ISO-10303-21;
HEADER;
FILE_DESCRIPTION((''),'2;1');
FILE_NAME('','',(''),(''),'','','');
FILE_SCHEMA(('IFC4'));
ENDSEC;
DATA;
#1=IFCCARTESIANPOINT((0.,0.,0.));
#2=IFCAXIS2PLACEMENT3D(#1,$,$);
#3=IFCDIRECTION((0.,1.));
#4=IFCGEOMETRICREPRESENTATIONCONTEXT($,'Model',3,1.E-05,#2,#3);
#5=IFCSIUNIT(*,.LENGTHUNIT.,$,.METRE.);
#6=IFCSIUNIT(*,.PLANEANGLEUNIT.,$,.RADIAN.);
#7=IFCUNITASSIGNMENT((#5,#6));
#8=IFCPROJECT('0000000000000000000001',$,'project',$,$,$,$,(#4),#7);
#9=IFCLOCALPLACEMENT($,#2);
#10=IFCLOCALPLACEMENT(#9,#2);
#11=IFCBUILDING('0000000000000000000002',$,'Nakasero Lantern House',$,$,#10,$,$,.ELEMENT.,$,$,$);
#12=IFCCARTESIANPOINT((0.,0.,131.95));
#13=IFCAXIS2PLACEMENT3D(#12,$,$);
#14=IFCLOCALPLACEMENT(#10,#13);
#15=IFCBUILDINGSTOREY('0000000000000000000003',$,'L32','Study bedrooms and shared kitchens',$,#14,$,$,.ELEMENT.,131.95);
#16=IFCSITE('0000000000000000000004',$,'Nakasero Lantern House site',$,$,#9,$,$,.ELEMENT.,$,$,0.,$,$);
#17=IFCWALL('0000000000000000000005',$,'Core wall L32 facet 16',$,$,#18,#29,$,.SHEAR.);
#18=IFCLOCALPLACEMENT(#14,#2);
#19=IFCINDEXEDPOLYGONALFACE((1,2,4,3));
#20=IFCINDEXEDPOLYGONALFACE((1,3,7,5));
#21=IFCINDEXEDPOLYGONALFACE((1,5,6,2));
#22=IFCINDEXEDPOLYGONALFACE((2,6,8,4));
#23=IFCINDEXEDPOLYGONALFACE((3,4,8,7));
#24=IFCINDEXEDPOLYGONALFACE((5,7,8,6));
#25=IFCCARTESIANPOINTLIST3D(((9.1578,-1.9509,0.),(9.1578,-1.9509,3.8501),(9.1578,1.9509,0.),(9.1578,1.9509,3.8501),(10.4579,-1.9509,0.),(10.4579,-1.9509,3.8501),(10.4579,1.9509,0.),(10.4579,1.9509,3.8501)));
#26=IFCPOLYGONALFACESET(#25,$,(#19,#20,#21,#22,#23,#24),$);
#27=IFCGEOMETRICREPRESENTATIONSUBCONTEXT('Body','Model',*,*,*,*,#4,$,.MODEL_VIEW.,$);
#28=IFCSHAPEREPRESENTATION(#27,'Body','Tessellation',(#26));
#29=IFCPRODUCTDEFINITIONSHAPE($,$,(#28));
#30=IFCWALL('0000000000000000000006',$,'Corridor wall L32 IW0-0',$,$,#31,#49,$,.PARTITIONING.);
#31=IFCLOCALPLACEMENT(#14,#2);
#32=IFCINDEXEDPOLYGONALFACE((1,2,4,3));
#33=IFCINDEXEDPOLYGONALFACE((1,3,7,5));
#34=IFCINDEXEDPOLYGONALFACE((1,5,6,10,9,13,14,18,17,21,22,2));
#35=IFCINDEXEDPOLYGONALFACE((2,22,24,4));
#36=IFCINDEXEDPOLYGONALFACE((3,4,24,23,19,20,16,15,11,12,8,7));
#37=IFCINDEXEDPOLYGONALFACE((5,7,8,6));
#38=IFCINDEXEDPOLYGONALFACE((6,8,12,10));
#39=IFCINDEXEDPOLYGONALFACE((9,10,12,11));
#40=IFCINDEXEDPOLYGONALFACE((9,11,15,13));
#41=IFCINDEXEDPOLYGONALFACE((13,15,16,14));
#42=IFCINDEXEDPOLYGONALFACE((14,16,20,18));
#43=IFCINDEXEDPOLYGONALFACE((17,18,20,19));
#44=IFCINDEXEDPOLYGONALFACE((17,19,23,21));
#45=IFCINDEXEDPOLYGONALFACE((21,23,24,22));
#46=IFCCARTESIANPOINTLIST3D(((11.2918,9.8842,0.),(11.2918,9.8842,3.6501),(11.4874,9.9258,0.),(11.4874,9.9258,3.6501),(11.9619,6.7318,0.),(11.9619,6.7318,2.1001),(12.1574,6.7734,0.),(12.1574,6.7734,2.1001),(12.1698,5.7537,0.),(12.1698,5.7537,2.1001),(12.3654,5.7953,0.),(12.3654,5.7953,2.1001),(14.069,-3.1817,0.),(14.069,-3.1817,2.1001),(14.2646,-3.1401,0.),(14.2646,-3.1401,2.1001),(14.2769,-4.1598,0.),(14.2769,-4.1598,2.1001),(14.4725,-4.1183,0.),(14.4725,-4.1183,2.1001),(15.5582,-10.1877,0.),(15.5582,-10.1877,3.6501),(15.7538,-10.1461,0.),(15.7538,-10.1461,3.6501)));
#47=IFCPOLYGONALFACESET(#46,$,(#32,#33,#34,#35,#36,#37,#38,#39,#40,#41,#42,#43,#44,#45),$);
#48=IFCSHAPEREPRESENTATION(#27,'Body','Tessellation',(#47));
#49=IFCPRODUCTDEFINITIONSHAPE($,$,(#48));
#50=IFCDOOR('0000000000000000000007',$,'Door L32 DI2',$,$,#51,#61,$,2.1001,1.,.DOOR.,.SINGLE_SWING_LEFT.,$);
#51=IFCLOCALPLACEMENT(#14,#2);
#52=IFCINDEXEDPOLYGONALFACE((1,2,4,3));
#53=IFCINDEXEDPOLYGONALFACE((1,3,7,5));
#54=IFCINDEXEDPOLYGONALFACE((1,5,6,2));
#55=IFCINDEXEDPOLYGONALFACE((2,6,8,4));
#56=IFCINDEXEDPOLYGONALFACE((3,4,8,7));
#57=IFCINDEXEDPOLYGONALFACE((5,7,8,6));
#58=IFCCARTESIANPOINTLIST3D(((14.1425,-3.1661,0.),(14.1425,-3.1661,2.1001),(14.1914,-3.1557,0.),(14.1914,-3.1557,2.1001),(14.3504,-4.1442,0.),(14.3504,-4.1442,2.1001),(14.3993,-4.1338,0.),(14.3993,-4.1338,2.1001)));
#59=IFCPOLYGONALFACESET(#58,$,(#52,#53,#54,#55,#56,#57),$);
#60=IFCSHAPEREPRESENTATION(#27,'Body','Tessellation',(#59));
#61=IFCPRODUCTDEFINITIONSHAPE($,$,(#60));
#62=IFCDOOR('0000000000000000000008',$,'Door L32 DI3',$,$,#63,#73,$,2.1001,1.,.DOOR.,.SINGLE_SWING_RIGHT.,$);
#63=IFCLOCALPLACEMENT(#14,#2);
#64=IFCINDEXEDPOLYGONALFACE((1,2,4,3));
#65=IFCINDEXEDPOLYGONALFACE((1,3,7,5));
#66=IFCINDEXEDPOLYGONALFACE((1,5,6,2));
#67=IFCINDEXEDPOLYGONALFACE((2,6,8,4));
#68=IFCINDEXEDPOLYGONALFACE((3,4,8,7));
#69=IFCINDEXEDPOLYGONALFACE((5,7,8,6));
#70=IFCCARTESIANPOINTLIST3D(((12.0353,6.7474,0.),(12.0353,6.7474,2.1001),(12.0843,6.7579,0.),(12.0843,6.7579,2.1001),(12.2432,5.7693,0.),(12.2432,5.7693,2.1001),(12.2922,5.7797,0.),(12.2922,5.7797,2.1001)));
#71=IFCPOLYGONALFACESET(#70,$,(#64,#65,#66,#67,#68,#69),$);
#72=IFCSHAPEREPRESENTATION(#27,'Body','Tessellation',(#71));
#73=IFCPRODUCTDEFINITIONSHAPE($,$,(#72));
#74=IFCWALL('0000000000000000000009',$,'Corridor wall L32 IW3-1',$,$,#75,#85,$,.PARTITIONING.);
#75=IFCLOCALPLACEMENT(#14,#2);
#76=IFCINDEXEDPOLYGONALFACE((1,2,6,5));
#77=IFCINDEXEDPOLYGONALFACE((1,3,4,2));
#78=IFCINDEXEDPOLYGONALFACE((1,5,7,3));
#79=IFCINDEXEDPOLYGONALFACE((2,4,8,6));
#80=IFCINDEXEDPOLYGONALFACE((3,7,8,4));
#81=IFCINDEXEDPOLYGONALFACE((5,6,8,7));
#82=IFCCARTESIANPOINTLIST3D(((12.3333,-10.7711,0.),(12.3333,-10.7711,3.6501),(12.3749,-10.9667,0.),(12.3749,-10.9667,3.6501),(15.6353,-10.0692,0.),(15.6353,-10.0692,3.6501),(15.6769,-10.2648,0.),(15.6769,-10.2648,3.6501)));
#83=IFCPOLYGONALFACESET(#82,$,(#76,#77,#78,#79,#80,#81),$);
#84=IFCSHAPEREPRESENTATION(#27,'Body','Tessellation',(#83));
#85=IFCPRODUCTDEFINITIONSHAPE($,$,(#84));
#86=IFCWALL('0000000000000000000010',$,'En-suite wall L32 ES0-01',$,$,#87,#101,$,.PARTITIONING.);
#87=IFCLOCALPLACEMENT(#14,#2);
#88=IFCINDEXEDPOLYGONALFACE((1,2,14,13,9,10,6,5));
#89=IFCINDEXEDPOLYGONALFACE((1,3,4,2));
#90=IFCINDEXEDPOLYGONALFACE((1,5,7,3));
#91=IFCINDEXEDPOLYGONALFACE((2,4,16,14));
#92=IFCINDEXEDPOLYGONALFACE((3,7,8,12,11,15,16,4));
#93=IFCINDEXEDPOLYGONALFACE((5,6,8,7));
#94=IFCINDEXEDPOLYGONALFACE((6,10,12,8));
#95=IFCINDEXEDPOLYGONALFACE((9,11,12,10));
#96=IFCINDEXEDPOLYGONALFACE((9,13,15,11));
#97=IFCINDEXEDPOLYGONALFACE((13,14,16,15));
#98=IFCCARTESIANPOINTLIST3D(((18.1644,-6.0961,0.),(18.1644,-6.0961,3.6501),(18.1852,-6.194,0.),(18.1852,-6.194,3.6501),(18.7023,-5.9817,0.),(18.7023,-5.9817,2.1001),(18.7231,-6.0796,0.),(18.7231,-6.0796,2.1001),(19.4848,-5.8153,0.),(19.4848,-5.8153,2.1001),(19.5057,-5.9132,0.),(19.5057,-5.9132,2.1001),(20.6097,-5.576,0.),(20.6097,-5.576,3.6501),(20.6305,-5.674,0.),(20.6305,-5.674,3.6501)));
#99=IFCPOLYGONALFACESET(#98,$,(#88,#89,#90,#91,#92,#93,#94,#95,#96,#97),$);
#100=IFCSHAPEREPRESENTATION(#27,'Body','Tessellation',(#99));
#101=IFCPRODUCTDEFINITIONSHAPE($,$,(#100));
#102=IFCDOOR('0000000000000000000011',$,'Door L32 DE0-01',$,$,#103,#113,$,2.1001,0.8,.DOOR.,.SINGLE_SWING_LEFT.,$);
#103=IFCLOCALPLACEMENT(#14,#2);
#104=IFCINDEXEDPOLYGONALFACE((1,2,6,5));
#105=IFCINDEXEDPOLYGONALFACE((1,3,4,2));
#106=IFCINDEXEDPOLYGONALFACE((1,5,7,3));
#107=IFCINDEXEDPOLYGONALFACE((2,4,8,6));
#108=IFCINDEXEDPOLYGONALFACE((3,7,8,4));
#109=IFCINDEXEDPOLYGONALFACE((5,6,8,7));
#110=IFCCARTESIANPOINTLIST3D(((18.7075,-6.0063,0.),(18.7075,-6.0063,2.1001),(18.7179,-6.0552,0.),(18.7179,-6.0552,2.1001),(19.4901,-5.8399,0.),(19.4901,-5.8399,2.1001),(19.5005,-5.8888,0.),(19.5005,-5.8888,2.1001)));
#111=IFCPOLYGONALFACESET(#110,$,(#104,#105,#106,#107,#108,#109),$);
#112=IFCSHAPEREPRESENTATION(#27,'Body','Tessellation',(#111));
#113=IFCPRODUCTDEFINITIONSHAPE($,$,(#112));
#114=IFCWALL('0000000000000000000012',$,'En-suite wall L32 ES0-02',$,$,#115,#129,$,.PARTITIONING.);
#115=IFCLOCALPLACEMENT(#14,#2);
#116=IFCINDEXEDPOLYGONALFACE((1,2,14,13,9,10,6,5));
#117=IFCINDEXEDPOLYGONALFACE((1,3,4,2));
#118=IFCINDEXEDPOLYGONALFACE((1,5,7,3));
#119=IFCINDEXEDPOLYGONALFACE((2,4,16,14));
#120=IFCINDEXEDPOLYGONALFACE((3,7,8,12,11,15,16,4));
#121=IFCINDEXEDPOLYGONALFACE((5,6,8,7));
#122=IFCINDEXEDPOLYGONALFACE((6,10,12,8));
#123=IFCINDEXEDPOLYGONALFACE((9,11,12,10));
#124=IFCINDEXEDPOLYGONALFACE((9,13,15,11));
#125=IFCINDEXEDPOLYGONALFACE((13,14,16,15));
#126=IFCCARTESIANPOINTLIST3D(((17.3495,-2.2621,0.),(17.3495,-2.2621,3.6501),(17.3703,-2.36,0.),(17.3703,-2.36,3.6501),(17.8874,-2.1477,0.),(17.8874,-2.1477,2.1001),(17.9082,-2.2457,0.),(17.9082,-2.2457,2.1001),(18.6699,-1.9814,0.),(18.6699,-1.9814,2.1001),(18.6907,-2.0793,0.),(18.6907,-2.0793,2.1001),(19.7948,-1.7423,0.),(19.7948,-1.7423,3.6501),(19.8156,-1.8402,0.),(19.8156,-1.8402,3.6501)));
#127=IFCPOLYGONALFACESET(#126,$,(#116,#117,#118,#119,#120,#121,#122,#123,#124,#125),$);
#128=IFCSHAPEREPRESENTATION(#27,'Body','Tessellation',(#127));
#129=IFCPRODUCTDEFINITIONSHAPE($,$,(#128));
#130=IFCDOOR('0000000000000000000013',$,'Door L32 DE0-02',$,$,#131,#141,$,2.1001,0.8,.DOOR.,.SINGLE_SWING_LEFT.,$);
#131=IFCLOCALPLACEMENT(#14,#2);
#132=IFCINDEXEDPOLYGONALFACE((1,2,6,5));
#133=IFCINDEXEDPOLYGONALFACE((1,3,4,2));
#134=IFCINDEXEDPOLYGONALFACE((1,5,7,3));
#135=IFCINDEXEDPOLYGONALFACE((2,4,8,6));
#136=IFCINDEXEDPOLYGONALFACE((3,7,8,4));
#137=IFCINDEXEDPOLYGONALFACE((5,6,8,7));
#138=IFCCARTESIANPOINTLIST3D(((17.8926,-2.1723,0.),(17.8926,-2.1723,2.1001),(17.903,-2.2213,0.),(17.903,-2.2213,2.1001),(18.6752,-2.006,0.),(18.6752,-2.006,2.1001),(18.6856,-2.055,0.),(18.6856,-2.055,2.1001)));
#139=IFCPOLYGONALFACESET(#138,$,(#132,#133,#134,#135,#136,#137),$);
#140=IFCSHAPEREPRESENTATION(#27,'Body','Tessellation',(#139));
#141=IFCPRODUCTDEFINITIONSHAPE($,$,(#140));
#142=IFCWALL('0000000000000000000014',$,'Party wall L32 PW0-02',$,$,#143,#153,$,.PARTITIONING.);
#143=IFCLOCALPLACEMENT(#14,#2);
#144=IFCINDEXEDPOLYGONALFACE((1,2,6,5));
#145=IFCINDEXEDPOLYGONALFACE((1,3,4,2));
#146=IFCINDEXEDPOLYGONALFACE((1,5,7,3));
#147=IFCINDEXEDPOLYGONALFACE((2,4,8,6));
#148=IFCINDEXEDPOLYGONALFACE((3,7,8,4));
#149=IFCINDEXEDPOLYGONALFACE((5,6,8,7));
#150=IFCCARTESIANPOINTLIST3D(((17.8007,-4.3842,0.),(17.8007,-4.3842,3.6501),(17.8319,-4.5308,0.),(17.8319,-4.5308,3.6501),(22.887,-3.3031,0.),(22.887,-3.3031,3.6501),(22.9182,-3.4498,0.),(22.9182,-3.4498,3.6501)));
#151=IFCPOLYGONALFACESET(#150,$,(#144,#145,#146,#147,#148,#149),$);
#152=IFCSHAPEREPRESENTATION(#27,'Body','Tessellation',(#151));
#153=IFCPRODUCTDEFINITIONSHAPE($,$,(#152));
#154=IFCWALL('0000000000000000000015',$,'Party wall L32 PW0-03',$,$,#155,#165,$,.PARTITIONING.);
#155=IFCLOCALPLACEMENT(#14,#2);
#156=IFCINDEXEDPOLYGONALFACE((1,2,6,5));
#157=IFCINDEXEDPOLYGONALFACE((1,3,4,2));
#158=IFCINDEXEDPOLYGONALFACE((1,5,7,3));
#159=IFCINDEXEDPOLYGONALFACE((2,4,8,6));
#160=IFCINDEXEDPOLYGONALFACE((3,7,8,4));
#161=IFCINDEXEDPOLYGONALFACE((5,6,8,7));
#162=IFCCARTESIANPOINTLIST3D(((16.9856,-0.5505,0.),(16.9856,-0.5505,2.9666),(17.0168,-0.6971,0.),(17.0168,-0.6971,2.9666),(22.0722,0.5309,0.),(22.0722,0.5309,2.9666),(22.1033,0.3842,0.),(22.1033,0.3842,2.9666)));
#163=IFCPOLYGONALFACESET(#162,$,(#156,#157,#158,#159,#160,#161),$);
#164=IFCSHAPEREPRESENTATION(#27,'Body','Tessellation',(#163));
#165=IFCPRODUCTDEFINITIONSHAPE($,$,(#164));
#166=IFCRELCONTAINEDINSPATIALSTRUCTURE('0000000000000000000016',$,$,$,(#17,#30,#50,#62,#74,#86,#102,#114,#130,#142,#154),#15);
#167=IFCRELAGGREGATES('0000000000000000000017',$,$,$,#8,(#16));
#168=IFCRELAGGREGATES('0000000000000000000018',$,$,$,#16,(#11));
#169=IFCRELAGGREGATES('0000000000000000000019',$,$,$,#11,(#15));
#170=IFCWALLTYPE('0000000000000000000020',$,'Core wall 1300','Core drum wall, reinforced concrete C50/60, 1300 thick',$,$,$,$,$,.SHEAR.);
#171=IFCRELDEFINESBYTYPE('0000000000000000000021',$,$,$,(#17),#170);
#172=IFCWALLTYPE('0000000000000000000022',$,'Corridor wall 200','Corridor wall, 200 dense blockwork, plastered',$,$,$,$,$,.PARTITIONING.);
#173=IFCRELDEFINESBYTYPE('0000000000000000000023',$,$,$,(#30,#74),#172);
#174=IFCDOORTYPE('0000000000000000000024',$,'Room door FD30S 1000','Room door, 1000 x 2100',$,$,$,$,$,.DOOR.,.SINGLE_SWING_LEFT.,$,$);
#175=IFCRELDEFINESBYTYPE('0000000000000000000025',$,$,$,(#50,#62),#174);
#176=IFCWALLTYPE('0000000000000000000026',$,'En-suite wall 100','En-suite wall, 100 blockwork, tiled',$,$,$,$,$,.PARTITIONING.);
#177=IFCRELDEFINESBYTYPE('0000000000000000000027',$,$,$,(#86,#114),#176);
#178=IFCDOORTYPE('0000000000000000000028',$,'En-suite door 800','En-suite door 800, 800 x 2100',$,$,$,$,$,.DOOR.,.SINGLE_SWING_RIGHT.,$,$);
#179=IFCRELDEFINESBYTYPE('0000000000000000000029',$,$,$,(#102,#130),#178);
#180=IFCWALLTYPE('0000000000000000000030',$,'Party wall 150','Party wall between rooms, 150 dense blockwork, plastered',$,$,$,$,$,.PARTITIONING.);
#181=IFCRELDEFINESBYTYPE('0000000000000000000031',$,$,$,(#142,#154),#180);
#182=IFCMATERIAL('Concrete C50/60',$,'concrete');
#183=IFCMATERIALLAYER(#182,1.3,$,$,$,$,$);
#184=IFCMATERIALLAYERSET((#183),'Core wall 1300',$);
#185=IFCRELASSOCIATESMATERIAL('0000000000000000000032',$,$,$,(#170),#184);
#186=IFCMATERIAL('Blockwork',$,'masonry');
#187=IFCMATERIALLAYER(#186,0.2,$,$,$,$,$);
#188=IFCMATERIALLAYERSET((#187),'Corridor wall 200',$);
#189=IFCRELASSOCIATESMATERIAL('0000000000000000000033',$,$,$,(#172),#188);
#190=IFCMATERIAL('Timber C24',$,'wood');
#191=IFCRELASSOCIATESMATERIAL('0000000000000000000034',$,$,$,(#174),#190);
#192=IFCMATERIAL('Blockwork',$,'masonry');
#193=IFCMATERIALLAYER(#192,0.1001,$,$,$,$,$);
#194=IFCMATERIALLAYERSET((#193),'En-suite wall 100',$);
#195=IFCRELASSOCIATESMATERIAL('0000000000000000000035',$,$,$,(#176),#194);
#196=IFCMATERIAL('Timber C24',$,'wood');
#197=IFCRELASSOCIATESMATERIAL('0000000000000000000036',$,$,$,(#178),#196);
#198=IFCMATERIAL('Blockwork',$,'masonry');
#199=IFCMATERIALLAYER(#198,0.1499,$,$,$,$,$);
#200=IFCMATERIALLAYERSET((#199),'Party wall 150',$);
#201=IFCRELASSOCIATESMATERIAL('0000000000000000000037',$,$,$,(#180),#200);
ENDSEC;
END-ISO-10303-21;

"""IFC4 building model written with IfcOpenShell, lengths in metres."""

from ifc_helpers import new_model, si_unit, direction, frame, frame_2d, origin, place, context, subcontext, project, spatial, rectangle, extrude, material, layer, layer_set, type_object, element, fill, save


model = new_model("IFC4")

# Units and contexts
model_context = context("Model", 3, precision=1e-05, world=origin(), true_north=direction((0.0, 1.0)))
body_context = subcontext(model_context, "Body", "Model", "MODEL_VIEW")
ifc_project = project(units=[si_unit("LENGTHUNIT", "METRE"), si_unit("PLANEANGLEUNIT", "RADIAN")], contexts=[model_context])

# Site, building, storey
site_placement = place(None, origin())
site = spatial("IfcSite", under=ifc_project, at=site_placement, Name="Nakasero Lantern House site", CompositionType="ELEMENT", RefElevation=0.0)
building_placement = place(site_placement, origin())
building = spatial("IfcBuilding", under=site, at=building_placement, Name="Nakasero Lantern House", CompositionType="ELEMENT")
storey_placement = place(building_placement, frame((0.0, 0.0, 131.95)))
storey = spatial("IfcBuildingStorey", under=building, at=storey_placement, Name="L32", Description="Study bedrooms and shared kitchens", CompositionType="ELEMENT", Elevation=131.95)

# Wall
ifc_material_1 = material(Name="Concrete C50/60", Category="concrete")
ifc_layer_1 = layer(ifc_material_1, 1.3)
ifc_layer_set_1 = layer_set([ifc_layer_1], Name="Core wall 1300")
wall_type_1 = type_object("IfcWallType", Name="Core wall 1300", Description="Core drum wall, reinforced concrete C50/60, 1300 thick", PredefinedType="SHEAR", material=ifc_layer_set_1)
wall_1_placement = place(storey_placement, frame((9.8079, -1.9509, 0.0), z_axis=(0.0, 0.0, 1.0), x_axis=(0.0, 1.0, 0.0)))
element("IfcWall", 1, at=wall_1_placement, inside=storey, type_object=wall_type_1, Name="Core wall L32 facet 16", PredefinedType="SHEAR", context=body_context, shape_type="SweptSolid", body=[
    extrude(rectangle(XDim=3.9019, YDim=1.3, at=frame_2d((1.9509, 0.0))), origin(), (0.0, 0.0, 1.0), 3.8501),
])

# Wall, openings, doors
ifc_material_2 = material(Name="Blockwork", Category="masonry")
ifc_layer_2 = layer(ifc_material_2, 0.2)
ifc_layer_set_2 = layer_set([ifc_layer_2], Name="Corridor wall 200")
wall_type_2 = type_object("IfcWallType", Name="Corridor wall 200", Description="Corridor wall, 200 dense blockwork, plastered", PredefinedType="PARTITIONING", material=ifc_layer_set_2)
wall_2_placement = place(storey_placement, frame((15.656, -10.167, 0.0), z_axis=(0.0, 0.0, 1.0), x_axis=(-0.20791, 0.978148, 0.0)))
wall_2 = element("IfcWall", 2, at=wall_2_placement, inside=storey, type_object=wall_type_2, Name="Corridor wall L32 IW0-0", PredefinedType="PARTITIONING", context=body_context, shape_type="SweptSolid", body=[
    extrude(rectangle(XDim=20.5203, YDim=0.2, at=frame_2d((10.2603, 0.0))), origin(), (0.0, 0.0, 1.0), 3.6501),
])
opening_1_placement = place(wall_2_placement, frame((6.1626, 0.0, 0.0)))
opening_1 = element("IfcOpeningElement", 3, at=opening_1_placement, cuts=wall_2, PredefinedType="OPENING", context=body_context, shape_type="SweptSolid", body=[
    extrude(rectangle(XDim=1.0, YDim=2.1001, at=frame_2d((0.5, 1.05))), frame((0.0, 0.1199, 0.0), z_axis=(0.0, -1.0, 0.0), x_axis=(1.0, 0.0, 0.0)), (0.0, 0.0, 1.0), 0.24),
])
opening_2_placement = place(wall_2_placement, frame((16.2976, 0.0, 0.0)))
opening_2 = element("IfcOpeningElement", 4, at=opening_2_placement, cuts=wall_2, PredefinedType="OPENING", context=body_context, shape_type="SweptSolid", body=[
    extrude(rectangle(XDim=1.0, YDim=2.1001, at=frame_2d((0.5, 1.05))), frame((0.0, 0.1199, 0.0), z_axis=(0.0, -1.0, 0.0), x_axis=(1.0, 0.0, 0.0)), (0.0, 0.0, 1.0), 0.24),
])
ifc_material_3 = material(Name="Timber C24", Category="wood")
door_type_1 = type_object("IfcDoorType", Name="Room door FD30S 1000", Description="Room door, 1000 x 2100", OperationType="SINGLE_SWING_LEFT", PredefinedType="DOOR", material=ifc_material_3)
door_1_placement = place(opening_1_placement, origin())
door_1 = element("IfcDoor", 5, at=door_1_placement, inside=storey, type_object=door_type_1, Name="Door L32 DI2", OperationType="SINGLE_SWING_LEFT", OverallHeight=2.1001, OverallWidth=1.0, PredefinedType="DOOR", context=body_context, shape_type="SweptSolid", body=[
    extrude(rectangle(XDim=1.0, YDim=2.1001, at=frame_2d((0.5, 1.05))), frame((0.0, 0.0249, 0.0), z_axis=(0.0, -1.0, 0.0), x_axis=(1.0, 0.0, 0.0)), (0.0, 0.0, 1.0), 0.05),
])
fill(opening_1, door_1)
door_2_placement = place(opening_2_placement, origin())
door_2 = element("IfcDoor", 6, at=door_2_placement, inside=storey, type_object=door_type_1, Name="Door L32 DI3", OperationType="SINGLE_SWING_RIGHT", OverallHeight=2.1001, OverallWidth=1.0, PredefinedType="DOOR", context=body_context, shape_type="SweptSolid", body=[
    extrude(rectangle(XDim=1.0, YDim=2.1001, at=frame_2d((0.5, 1.05))), frame((0.0, 0.0249, 0.0), z_axis=(0.0, -1.0, 0.0), x_axis=(1.0, 0.0, 0.0)), (0.0, 0.0, 1.0), 0.05),
])
fill(opening_2, door_2)

# Wall
wall_3_placement = place(storey_placement, frame((12.354, -10.8689, 0.0), z_axis=(0.0, 0.0, 1.0), x_axis=(0.978145, 0.207924, 0.0)))
element("IfcWall", 7, at=wall_3_placement, inside=storey, type_object=wall_type_2, Name="Corridor wall L32 IW3-1", PredefinedType="PARTITIONING", context=body_context, shape_type="SweptSolid", body=[
    extrude(rectangle(XDim=3.3757, YDim=0.2, at=frame_2d((1.688, 0.0))), origin(), (0.0, 0.0, 1.0), 3.6501),
])

# Walls, openings, doors
ifc_material_4 = material(Name="Blockwork", Category="masonry")
ifc_layer_3 = layer(ifc_material_4, 0.1001)
ifc_layer_set_3 = layer_set([ifc_layer_3], Name="En-suite wall 100")
wall_type_3 = type_object("IfcWallType", Name="En-suite wall 100", Description="En-suite wall, 100 blockwork, tiled", PredefinedType="PARTITIONING", material=ifc_layer_set_3)
wall_4_placement = place(storey_placement, frame((18.1748, -6.145, 0.0), z_axis=(0.0, 0.0, 1.0), x_axis=(0.978127, 0.208008, 0.0)))
wall_4 = element("IfcWall", 8, at=wall_4_placement, inside=storey, type_object=wall_type_3, Name="En-suite wall L32 ES0-01", PredefinedType="PARTITIONING", context=body_context, shape_type="SweptSolid", body=[
    extrude(rectangle(XDim=2.5, YDim=0.1001, at=frame_2d((1.25, 0.0))), origin(), (0.0, 0.0, 1.0), 3.6501),
])
opening_3_placement = place(wall_4_placement, frame((0.55, 0.0, 0.0)))
opening_3 = element("IfcOpeningElement", 9, at=opening_3_placement, cuts=wall_4, PredefinedType="OPENING", context=body_context, shape_type="SweptSolid", body=[
    extrude(rectangle(XDim=0.8, YDim=2.1001, at=frame_2d((0.3999, 1.05))), frame((0.0, 0.0701, 0.0), z_axis=(0.0, -1.0, 0.0), x_axis=(1.0, 0.0, 0.0)), (0.0, 0.0, 1.0), 0.1401),
])
ifc_material_5 = material(Name="Timber C24", Category="wood")
door_type_2 = type_object("IfcDoorType", Name="En-suite door 800", Description="En-suite door 800, 800 x 2100", OperationType="SINGLE_SWING_RIGHT", PredefinedType="DOOR", material=ifc_material_5)
door_3_placement = place(opening_3_placement, origin())
door_3 = element("IfcDoor", 10, at=door_3_placement, inside=storey, type_object=door_type_2, Name="Door L32 DE0-01", OperationType="SINGLE_SWING_LEFT", OverallHeight=2.1001, OverallWidth=0.8, PredefinedType="DOOR", context=body_context, shape_type="SweptSolid", body=[
    extrude(rectangle(XDim=0.8, YDim=2.1001, at=frame_2d((0.3999, 1.05))), frame((0.0, 0.0249, 0.0), z_axis=(0.0, -1.0, 0.0), x_axis=(1.0, 0.0, 0.0)), (0.0, 0.0, 1.0), 0.05),
])
fill(opening_3, door_3)
wall_5_placement = place(storey_placement, frame((17.3599, -2.311, 0.0), z_axis=(0.0, 0.0, 1.0), x_axis=(0.978147, 0.207915, 0.0)))
wall_5 = element("IfcWall", 11, at=wall_5_placement, inside=storey, type_object=wall_type_3, Name="En-suite wall L32 ES0-02", PredefinedType="PARTITIONING", context=body_context, shape_type="SweptSolid", body=[
    extrude(rectangle(XDim=2.5, YDim=0.1001, at=frame_2d((1.25, 0.0))), origin(), (0.0, 0.0, 1.0), 3.6501),
])
opening_4_placement = place(wall_5_placement, frame((0.55, 0.0, 0.0)))
opening_4 = element("IfcOpeningElement", 12, at=opening_4_placement, cuts=wall_5, PredefinedType="OPENING", context=body_context, shape_type="SweptSolid", body=[
    extrude(rectangle(XDim=0.8, YDim=2.1001, at=frame_2d((0.3999, 1.05))), frame((0.0, 0.0701, 0.0), z_axis=(0.0, -1.0, 0.0), x_axis=(1.0, 0.0, 0.0)), (0.0, 0.0, 1.0), 0.1401),
])
door_4_placement = place(opening_4_placement, origin())
door_4 = element("IfcDoor", 13, at=door_4_placement, inside=storey, type_object=door_type_2, Name="Door L32 DE0-02", OperationType="SINGLE_SWING_LEFT", OverallHeight=2.1001, OverallWidth=0.8, PredefinedType="DOOR", context=body_context, shape_type="SweptSolid", body=[
    extrude(rectangle(XDim=0.8, YDim=2.1001, at=frame_2d((0.3999, 1.05))), frame((0.0, 0.0249, 0.0), z_axis=(0.0, -1.0, 0.0), x_axis=(1.0, 0.0, 0.0)), (0.0, 0.0, 1.0), 0.05),
])
fill(opening_4, door_4)

# Walls
ifc_material_6 = material(Name="Blockwork", Category="masonry")
ifc_layer_4 = layer(ifc_material_6, 0.1499)
ifc_layer_set_4 = layer_set([ifc_layer_4], Name="Party wall 150")
wall_type_4 = type_object("IfcWallType", Name="Party wall 150", Description="Party wall between rooms, 150 dense blockwork, plastered", PredefinedType="PARTITIONING", material=ifc_layer_set_4)
wall_6_placement = place(storey_placement, frame((17.8162, -4.4575, 0.0), z_axis=(0.0, 0.0, 1.0), x_axis=(0.978151, 0.207894, 0.0)))
element("IfcWall", 14, at=wall_6_placement, inside=storey, type_object=wall_type_4, Name="Party wall L32 PW0-02", PredefinedType="PARTITIONING", context=body_context, shape_type="SweptSolid", body=[
    extrude(rectangle(XDim=5.2, YDim=0.1499, at=frame_2d((2.6001, 0.0))), origin(), (0.0, 0.0, 1.0), 3.6501),
])
wall_7_placement = place(storey_placement, frame((17.0012, -0.6238, 0.0), z_axis=(0.0, 0.0, 1.0), x_axis=(0.978142, 0.207938, 0.0)))
element("IfcWall", 15, at=wall_7_placement, inside=storey, type_object=wall_type_4, Name="Party wall L32 PW0-03", PredefinedType="PARTITIONING", context=body_context, shape_type="SweptSolid", body=[
    extrude(rectangle(XDim=5.2002, YDim=0.1499, at=frame_2d((2.6001, 0.0))), origin(), (0.0, 0.0, 1.0), 2.9666),
])

save(model, "model.ifc")
